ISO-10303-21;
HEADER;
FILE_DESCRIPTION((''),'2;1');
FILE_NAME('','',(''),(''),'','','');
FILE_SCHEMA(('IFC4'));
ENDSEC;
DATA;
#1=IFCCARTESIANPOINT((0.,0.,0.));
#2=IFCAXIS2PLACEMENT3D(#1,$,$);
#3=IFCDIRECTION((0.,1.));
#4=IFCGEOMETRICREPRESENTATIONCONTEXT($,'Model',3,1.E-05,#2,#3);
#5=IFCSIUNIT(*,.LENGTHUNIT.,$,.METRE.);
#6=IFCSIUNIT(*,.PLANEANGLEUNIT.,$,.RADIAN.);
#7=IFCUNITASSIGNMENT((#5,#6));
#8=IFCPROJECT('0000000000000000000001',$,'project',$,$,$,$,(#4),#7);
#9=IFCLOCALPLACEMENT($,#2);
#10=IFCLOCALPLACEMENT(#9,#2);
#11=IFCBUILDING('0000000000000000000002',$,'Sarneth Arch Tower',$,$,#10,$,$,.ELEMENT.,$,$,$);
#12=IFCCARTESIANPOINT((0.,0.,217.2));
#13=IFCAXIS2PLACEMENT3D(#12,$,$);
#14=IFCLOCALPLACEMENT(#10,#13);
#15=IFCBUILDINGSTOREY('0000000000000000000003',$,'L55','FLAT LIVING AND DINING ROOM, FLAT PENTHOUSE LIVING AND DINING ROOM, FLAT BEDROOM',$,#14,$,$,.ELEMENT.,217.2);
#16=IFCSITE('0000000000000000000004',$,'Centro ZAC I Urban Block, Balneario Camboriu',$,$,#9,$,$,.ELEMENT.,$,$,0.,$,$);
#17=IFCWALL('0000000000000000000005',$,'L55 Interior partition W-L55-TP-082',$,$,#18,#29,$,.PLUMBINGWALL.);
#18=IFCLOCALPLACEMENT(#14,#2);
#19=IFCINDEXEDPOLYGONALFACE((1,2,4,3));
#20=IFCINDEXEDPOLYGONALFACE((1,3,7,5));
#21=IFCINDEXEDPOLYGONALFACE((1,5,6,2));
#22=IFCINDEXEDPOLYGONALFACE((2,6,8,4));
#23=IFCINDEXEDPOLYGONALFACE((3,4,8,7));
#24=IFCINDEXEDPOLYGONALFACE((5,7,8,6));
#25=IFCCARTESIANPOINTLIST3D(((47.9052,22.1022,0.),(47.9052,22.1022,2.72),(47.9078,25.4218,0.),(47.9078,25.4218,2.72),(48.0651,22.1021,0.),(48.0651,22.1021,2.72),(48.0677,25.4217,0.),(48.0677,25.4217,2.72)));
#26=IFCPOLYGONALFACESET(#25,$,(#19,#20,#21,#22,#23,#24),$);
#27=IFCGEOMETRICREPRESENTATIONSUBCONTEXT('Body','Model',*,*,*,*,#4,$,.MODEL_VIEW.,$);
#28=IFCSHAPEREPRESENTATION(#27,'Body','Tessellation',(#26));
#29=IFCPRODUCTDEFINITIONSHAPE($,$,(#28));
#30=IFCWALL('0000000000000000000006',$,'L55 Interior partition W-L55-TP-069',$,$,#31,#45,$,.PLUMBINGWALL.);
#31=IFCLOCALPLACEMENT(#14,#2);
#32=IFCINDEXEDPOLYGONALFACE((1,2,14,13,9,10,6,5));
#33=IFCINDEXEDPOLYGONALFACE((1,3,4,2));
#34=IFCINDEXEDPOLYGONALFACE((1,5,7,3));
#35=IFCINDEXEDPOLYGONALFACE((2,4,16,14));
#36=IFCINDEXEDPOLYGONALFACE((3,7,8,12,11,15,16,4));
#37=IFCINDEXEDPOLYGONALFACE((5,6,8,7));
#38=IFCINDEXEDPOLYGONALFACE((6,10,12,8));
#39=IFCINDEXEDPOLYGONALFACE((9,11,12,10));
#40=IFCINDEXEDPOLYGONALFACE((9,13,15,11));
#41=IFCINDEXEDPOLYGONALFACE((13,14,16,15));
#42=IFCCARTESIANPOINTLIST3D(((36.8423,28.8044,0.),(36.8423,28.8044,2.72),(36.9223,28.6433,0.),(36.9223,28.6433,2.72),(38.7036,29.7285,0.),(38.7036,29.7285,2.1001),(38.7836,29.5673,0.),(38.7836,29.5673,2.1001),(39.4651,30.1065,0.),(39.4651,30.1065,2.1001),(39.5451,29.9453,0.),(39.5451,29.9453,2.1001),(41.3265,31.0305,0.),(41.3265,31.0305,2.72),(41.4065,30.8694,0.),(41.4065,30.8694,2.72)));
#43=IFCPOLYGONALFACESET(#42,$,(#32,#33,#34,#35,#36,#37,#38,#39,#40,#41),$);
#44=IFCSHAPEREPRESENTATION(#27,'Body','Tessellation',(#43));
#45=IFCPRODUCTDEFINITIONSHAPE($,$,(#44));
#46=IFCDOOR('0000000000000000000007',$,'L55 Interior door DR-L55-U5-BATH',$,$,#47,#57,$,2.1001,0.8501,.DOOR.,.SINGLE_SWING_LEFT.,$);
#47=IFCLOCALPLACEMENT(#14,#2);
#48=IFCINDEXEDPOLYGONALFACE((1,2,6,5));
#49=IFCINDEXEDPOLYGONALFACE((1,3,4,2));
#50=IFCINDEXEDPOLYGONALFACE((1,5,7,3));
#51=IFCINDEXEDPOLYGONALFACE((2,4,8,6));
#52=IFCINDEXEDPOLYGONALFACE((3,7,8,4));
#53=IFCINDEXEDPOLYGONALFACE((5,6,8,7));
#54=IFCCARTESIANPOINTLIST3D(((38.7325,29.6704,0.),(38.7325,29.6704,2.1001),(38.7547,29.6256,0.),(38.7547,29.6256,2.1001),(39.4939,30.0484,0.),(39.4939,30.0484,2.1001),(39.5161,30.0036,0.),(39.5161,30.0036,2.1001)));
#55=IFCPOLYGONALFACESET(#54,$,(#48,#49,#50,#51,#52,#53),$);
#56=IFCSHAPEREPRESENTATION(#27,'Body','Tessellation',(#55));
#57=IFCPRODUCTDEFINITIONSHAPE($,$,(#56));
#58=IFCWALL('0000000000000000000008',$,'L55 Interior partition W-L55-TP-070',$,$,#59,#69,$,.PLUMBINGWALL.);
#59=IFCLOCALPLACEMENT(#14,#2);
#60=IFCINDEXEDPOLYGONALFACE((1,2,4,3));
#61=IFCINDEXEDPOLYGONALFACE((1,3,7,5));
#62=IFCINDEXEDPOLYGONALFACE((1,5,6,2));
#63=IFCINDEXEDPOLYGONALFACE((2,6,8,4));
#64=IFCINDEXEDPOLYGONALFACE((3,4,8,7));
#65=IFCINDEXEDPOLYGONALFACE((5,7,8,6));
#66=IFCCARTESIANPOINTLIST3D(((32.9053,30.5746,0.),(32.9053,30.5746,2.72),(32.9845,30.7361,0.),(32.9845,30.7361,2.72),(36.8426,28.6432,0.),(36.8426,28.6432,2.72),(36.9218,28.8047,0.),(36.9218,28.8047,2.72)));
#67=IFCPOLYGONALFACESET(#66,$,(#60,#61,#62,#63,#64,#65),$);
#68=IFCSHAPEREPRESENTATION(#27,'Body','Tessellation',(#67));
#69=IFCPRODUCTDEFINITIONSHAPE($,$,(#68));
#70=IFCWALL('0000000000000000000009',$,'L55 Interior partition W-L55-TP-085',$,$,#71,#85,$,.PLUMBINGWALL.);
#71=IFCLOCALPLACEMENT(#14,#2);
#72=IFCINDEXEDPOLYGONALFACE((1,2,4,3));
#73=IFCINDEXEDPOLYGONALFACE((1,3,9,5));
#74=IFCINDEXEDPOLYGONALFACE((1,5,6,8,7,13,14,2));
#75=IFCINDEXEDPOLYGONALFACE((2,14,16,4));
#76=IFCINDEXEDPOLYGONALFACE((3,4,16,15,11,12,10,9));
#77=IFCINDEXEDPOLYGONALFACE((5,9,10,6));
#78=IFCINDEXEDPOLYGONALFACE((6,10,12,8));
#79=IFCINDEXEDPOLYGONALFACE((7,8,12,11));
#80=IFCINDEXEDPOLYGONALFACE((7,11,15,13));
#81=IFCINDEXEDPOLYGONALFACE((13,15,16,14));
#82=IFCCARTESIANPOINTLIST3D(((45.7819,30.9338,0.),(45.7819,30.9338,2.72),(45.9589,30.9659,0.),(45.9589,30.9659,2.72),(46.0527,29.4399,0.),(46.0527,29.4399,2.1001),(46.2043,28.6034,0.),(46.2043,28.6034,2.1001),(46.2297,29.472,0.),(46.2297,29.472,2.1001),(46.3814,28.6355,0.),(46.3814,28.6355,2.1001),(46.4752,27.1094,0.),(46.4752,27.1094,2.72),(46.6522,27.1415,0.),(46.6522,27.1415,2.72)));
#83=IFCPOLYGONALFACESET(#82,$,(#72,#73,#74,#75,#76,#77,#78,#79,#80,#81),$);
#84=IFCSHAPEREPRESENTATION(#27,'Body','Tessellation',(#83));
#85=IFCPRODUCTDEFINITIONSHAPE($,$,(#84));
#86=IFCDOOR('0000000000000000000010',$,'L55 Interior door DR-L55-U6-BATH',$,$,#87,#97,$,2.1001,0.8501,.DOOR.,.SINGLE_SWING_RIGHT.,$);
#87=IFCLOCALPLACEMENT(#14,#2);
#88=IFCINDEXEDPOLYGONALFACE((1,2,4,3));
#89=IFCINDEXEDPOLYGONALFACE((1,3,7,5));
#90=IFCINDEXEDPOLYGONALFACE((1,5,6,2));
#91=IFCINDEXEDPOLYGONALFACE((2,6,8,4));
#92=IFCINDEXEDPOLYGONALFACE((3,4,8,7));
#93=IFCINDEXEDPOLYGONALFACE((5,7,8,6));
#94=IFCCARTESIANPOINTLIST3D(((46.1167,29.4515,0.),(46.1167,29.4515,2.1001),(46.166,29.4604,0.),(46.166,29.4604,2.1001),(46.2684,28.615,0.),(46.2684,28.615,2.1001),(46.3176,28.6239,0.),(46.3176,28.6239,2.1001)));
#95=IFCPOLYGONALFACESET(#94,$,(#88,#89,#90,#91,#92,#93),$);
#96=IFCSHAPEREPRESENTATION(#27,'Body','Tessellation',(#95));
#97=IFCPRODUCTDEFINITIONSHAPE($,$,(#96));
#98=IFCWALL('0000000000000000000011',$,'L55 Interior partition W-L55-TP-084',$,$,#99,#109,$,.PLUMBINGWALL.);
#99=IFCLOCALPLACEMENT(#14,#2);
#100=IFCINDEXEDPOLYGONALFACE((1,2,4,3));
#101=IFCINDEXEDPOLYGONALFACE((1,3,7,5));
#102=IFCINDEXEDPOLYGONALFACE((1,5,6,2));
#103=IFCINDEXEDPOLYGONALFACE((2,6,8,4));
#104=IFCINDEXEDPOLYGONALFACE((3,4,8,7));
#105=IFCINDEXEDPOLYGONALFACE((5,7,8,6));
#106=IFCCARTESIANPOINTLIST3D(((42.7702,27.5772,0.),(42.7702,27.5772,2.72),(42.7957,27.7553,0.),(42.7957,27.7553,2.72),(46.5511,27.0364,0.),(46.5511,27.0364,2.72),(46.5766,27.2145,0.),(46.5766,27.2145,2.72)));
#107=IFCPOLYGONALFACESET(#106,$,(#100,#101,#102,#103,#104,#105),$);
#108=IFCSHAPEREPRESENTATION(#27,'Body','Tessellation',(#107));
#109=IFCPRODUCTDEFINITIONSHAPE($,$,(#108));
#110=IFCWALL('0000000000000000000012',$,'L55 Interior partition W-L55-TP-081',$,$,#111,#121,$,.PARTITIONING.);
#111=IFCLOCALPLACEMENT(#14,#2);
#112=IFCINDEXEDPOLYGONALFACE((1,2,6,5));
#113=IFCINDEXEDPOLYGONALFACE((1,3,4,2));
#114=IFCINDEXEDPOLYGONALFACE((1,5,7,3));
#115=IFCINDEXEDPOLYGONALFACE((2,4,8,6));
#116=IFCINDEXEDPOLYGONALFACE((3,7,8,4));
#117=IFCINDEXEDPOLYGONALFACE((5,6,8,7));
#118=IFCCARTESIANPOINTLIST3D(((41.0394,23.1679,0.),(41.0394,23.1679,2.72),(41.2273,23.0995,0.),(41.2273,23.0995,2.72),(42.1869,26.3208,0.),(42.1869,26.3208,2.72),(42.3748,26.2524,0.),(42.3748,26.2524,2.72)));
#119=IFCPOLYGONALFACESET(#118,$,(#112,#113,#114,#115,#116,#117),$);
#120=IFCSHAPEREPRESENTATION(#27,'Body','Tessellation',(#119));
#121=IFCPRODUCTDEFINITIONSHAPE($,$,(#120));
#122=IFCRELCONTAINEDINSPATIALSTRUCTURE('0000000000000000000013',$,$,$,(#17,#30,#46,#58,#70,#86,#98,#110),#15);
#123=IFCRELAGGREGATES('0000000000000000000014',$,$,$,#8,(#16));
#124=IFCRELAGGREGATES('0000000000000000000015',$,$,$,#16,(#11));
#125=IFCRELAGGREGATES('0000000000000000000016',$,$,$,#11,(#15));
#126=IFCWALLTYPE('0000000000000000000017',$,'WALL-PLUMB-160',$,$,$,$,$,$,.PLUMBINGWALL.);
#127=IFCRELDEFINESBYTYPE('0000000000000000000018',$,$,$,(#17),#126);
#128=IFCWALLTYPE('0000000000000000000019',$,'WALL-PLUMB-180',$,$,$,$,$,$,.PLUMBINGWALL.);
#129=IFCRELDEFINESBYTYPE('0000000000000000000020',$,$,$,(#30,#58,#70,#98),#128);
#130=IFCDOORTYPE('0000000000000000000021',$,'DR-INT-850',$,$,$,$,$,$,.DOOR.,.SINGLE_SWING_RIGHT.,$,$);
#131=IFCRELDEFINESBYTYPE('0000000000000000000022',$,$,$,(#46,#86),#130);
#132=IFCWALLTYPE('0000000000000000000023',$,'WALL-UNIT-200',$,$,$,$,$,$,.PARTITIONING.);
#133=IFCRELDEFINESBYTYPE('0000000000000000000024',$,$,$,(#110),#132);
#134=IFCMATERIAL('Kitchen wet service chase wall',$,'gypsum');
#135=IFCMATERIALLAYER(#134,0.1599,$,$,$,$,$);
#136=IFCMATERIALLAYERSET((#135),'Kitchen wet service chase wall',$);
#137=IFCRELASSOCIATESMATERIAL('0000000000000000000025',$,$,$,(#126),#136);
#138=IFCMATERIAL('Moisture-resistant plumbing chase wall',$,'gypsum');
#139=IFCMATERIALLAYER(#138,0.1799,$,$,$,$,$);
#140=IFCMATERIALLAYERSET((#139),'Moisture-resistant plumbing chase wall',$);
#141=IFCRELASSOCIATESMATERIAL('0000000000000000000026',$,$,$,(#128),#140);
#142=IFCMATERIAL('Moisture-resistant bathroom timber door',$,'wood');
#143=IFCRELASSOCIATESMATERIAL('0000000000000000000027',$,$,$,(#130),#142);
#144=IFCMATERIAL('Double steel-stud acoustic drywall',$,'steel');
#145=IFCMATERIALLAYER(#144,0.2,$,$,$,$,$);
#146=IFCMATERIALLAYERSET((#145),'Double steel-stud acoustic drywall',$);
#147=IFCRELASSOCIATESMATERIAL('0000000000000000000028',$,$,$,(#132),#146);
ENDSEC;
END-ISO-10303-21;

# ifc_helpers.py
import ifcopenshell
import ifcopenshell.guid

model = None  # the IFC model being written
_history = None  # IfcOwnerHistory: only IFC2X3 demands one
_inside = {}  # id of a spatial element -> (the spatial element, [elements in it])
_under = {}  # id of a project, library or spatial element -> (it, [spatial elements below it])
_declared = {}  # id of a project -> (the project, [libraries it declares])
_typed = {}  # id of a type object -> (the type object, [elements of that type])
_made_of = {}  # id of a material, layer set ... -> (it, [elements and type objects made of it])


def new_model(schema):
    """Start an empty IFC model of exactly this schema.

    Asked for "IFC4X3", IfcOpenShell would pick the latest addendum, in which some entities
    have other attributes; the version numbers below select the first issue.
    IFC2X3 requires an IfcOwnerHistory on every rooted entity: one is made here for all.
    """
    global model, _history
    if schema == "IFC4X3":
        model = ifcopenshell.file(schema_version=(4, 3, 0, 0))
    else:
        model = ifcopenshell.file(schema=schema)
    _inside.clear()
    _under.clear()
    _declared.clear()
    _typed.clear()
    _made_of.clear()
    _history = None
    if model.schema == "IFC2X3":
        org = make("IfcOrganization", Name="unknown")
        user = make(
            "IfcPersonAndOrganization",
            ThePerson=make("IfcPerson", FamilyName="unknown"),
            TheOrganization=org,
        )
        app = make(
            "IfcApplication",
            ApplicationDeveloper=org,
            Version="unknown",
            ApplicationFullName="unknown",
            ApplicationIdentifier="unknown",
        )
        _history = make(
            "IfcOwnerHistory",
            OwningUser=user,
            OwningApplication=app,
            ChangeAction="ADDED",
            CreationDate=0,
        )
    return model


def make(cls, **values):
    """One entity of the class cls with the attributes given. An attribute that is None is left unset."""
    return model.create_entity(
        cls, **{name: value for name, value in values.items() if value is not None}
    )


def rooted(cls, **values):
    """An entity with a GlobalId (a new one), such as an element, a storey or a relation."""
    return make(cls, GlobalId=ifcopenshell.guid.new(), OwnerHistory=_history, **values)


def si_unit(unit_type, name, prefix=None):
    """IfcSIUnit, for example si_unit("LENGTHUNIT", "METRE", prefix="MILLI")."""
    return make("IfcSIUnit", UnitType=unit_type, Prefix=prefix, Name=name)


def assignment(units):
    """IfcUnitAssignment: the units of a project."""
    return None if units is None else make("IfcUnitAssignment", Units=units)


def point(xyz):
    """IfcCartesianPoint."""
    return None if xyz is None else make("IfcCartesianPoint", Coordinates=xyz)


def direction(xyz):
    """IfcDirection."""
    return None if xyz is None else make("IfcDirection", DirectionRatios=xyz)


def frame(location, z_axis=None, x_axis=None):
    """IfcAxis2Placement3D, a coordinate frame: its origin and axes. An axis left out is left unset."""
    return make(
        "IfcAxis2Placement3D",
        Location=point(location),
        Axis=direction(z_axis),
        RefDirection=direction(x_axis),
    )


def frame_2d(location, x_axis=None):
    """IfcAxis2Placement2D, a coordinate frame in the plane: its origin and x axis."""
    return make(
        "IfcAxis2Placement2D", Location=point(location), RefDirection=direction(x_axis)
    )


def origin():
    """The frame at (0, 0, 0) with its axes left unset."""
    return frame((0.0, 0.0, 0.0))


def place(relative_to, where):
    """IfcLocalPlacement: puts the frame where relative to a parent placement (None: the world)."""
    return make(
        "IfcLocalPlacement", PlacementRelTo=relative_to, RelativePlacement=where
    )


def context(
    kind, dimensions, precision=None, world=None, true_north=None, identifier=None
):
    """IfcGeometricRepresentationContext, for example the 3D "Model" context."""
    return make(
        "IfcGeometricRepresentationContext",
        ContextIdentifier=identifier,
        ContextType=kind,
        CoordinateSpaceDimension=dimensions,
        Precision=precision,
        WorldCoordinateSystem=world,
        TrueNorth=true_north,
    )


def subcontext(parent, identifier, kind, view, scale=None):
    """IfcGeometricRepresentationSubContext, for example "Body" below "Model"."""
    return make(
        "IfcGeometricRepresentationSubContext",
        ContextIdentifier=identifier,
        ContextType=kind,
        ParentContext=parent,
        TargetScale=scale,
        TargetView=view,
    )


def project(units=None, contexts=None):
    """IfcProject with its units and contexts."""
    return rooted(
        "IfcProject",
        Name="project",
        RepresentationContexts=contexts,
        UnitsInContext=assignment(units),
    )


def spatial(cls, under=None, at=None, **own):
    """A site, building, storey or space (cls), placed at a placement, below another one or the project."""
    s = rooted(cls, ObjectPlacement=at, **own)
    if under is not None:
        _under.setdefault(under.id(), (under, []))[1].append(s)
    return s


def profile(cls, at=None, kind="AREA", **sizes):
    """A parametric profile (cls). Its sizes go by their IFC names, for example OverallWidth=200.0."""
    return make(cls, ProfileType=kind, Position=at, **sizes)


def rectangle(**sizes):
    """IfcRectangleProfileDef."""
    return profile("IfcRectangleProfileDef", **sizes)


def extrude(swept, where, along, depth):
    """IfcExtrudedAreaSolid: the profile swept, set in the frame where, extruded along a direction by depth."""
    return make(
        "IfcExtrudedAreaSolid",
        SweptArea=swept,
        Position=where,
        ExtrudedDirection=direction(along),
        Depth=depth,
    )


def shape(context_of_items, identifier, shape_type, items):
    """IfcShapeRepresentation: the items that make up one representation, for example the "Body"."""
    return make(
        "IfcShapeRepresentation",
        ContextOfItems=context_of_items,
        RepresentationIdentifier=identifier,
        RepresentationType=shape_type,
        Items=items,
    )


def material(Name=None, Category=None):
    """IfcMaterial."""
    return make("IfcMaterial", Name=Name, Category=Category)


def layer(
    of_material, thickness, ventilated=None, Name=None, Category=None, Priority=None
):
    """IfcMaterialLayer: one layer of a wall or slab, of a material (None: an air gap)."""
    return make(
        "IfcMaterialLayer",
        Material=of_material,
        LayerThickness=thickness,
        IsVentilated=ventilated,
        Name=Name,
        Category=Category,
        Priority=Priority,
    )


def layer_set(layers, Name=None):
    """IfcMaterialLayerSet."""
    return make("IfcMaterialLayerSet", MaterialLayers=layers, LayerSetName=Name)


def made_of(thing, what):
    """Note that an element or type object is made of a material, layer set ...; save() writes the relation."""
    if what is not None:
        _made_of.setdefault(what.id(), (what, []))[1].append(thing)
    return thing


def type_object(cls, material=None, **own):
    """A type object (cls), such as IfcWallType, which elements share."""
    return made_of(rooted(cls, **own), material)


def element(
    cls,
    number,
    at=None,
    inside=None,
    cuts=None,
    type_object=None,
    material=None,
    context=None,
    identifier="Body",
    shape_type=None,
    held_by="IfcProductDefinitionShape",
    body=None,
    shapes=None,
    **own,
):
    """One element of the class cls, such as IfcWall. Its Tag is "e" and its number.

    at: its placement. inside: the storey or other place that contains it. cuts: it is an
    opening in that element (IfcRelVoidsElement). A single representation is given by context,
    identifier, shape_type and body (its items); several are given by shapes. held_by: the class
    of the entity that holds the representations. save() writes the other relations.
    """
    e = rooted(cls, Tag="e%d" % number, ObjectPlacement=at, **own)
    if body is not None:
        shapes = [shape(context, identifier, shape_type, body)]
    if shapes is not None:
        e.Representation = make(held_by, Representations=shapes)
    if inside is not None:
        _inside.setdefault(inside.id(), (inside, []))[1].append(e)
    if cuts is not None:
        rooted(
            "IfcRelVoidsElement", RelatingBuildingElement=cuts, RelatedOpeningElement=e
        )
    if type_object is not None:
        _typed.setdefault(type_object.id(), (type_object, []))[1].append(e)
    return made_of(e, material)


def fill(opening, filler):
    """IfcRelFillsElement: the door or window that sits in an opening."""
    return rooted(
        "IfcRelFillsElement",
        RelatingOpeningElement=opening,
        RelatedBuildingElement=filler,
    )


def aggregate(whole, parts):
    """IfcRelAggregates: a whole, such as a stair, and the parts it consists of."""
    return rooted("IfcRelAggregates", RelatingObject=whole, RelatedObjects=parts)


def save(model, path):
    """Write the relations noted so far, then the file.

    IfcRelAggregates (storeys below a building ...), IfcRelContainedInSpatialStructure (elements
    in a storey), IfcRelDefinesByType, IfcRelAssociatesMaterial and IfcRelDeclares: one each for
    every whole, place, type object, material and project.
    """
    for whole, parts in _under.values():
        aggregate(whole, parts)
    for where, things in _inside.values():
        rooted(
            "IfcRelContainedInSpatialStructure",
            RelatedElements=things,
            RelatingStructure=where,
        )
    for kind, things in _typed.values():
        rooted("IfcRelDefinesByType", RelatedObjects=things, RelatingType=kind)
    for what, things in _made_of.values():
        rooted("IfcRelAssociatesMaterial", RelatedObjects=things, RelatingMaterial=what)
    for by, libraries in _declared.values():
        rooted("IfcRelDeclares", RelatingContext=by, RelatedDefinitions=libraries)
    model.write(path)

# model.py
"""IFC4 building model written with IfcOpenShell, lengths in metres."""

from ifc_helpers import new_model, si_unit, direction, frame, frame_2d, origin, place, context, subcontext, project, spatial, rectangle, extrude, material, layer, layer_set, type_object, element, fill, save


model = new_model("IFC4")

# Units and contexts
model_context = context("Model", 3, precision=1e-05, world=origin(), true_north=direction((0.0, 1.0)))
body_context = subcontext(model_context, "Body", "Model", "MODEL_VIEW")
ifc_project = project(units=[si_unit("LENGTHUNIT", "METRE"), si_unit("PLANEANGLEUNIT", "RADIAN")], contexts=[model_context])

# Site, building, storey
site_placement = place(None, origin())
site = spatial("IfcSite", under=ifc_project, at=site_placement, Name="Centro ZAC I Urban Block, Balneario Camboriu", CompositionType="ELEMENT", RefElevation=0.0)
building_placement = place(site_placement, origin())
building = spatial("IfcBuilding", under=site, at=building_placement, Name="Sarneth Arch Tower", CompositionType="ELEMENT")
storey_placement = place(building_placement, frame((0.0, 0.0, 217.2)))
storey = spatial("IfcBuildingStorey", under=building, at=storey_placement, Name="L55", Description="FLAT LIVING AND DINING ROOM, FLAT PENTHOUSE LIVING AND DINING ROOM, FLAT BEDROOM", CompositionType="ELEMENT", Elevation=217.2)

# Shared definitions
ifc_material_1 = material(Name="Kitchen wet service chase wall", Category="gypsum")
ifc_layer_1 = layer(ifc_material_1, 0.1599)
ifc_layer_set_1 = layer_set([ifc_layer_1], Name="Kitchen wet service chase wall")
wall_type_1 = type_object("IfcWallType", Name="WALL-PLUMB-160", PredefinedType="PLUMBINGWALL", material=ifc_layer_set_1)

# Wall
wall_1_placement = place(storey_placement, frame((47.9851, 22.1023, 0.0), z_axis=(0.0, 0.0, 1.0), x_axis=(0.000809, 1.0, 0.0)))
element("IfcWall", 1, at=wall_1_placement, inside=storey, type_object=wall_type_1, Name="L55 Interior partition W-L55-TP-082", PredefinedType="PLUMBINGWALL", context=body_context, shape_type="SweptSolid", body=[
    extrude(rectangle(XDim=3.3196, YDim=0.1599, at=frame_2d((1.6597, 0.0))), origin(), (0.0, 0.0, 1.0), 2.72),
])

# Wall, opening, door
ifc_material_2 = material(Name="Moisture-resistant plumbing chase wall", Category="gypsum")
ifc_layer_2 = layer(ifc_material_2, 0.1799)
ifc_layer_set_2 = layer_set([ifc_layer_2], Name="Moisture-resistant plumbing chase wall")
wall_type_2 = type_object("IfcWallType", Name="WALL-PLUMB-180", PredefinedType="PLUMBINGWALL", material=ifc_layer_set_2)
wall_2_placement = place(storey_placement, frame((41.3665, 30.95, 0.0), z_axis=(0.0, 0.0, 1.0), x_axis=(-0.895701, -0.444656, 0.0)))
wall_2 = element("IfcWall", 2, at=wall_2_placement, inside=storey, type_object=wall_type_2, Name="L55 Interior partition W-L55-TP-069", PredefinedType="PLUMBINGWALL", context=body_context, shape_type="SweptSolid", body=[
    extrude(rectangle(XDim=5.0063, YDim=0.1799, at=frame_2d((2.5032, 0.0))), origin(), (0.0, 0.0, 1.0), 2.72),
])
opening_1_placement = place(wall_2_placement, frame((2.0781, 0.0, 0.0)))
opening_1 = element("IfcOpeningElement", 3, at=opening_1_placement, cuts=wall_2, PredefinedType="OPENING", context=body_context, shape_type="SweptSolid", body=[
    extrude(rectangle(XDim=0.8501, YDim=2.1001, at=frame_2d((0.425, 1.05))), frame((0.0, 0.0999, 0.0), z_axis=(0.0, -1.0, 0.0), x_axis=(1.0, 0.0, 0.0)), (0.0, 0.0, 1.0), 0.2),
])
ifc_material_3 = material(Name="Moisture-resistant bathroom timber door", Category="wood")
door_type_1 = type_object("IfcDoorType", Name="DR-INT-850", OperationType="SINGLE_SWING_RIGHT", PredefinedType="DOOR", material=ifc_material_3)
door_1_placement = place(opening_1_placement, origin())
door_1 = element("IfcDoor", 4, at=door_1_placement, inside=storey, type_object=door_type_1, Name="L55 Interior door DR-L55-U5-BATH", OperationType="SINGLE_SWING_LEFT", OverallHeight=2.1001, OverallWidth=0.8501, PredefinedType="DOOR", context=body_context, shape_type="SweptSolid", body=[
    extrude(rectangle(XDim=0.8501, YDim=2.1001, at=frame_2d((0.425, 1.05))), frame((0.0, 0.0249, 0.0), z_axis=(0.0, -1.0, 0.0), x_axis=(1.0, 0.0, 0.0)), (0.0, 0.0, 1.0), 0.05),
])
fill(opening_1, door_1)

# Wall
wall_3_placement = place(storey_placement, frame((36.8823, 28.7239, 0.0), z_axis=(0.0, 0.0, 1.0), x_axis=(-0.897797, 0.440409, 0.0)))
element("IfcWall", 5, at=wall_3_placement, inside=storey, type_object=wall_type_2, Name="L55 Interior partition W-L55-TP-070", PredefinedType="PLUMBINGWALL", context=body_context, shape_type="SweptSolid", body=[
    extrude(rectangle(XDim=4.3855, YDim=0.1799, at=frame_2d((2.1929, 0.0))), origin(), (0.0, 0.0, 1.0), 2.72),
])

# Wall, opening, door
wall_4_placement = place(storey_placement, frame((46.5637, 27.1255, 0.0), z_axis=(0.0, 0.0, 1.0), x_axis=(-0.178388, 0.98396, 0.0)))
wall_4 = element("IfcWall", 6, at=wall_4_placement, inside=storey, type_object=wall_type_2, Name="L55 Interior partition W-L55-TP-085", PredefinedType="PLUMBINGWALL", context=body_context, shape_type="SweptSolid", body=[
    extrude(rectangle(XDim=3.8867, YDim=0.1799, at=frame_2d((1.9434, 0.0))), origin(), (0.0, 0.0, 1.0), 2.72),
])
opening_2_placement = place(wall_4_placement, frame((1.5183, 0.0, 0.0)))
opening_2 = element("IfcOpeningElement", 7, at=opening_2_placement, cuts=wall_4, PredefinedType="OPENING", context=body_context, shape_type="SweptSolid", body=[
    extrude(rectangle(XDim=0.8501, YDim=2.1001, at=frame_2d((0.425, 1.05))), frame((0.0, 0.0999, 0.0), z_axis=(0.0, -1.0, 0.0), x_axis=(1.0, 0.0, 0.0)), (0.0, 0.0, 1.0), 0.2),
])
door_2_placement = place(opening_2_placement, origin())
door_2 = element("IfcDoor", 8, at=door_2_placement, inside=storey, type_object=door_type_1, Name="L55 Interior door DR-L55-U6-BATH", OperationType="SINGLE_SWING_RIGHT", OverallHeight=2.1001, OverallWidth=0.8501, PredefinedType="DOOR", context=body_context, shape_type="SweptSolid", body=[
    extrude(rectangle(XDim=0.8501, YDim=2.1001, at=frame_2d((0.425, 1.05))), frame((0.0, 0.0249, 0.0), z_axis=(0.0, -1.0, 0.0), x_axis=(1.0, 0.0, 0.0)), (0.0, 0.0, 1.0), 0.05),
])
fill(opening_2, door_2)

# Walls
wall_5_placement = place(storey_placement, frame((42.783, 27.6663, 0.0), z_axis=(0.0, 0.0, 1.0), x_axis=(0.989925, -0.141591, 0.0)))
element("IfcWall", 9, at=wall_5_placement, inside=storey, type_object=wall_type_2, Name="L55 Interior partition W-L55-TP-084", PredefinedType="PLUMBINGWALL", context=body_context, shape_type="SweptSolid", body=[
    extrude(rectangle(XDim=3.8193, YDim=0.1799, at=frame_2d((1.9097, 0.0))), origin(), (0.0, 0.0, 1.0), 2.72),
])
ifc_material_4 = material(Name="Double steel-stud acoustic drywall", Category="steel")
ifc_layer_3 = layer(ifc_material_4, 0.2)
ifc_layer_set_3 = layer_set([ifc_layer_3], Name="Double steel-stud acoustic drywall")
wall_type_3 = type_object("IfcWallType", Name="WALL-UNIT-200", PredefinedType="PARTITIONING", material=ifc_layer_set_3)
wall_6_placement = place(storey_placement, frame((41.1333, 23.1335, 0.0), z_axis=(0.0, 0.0, 1.0), x_axis=(0.342, 0.9397, 0.0)))
element("IfcWall", 10, at=wall_6_placement, inside=storey, type_object=wall_type_3, Name="L55 Interior partition W-L55-TP-081", PredefinedType="PARTITIONING", context=body_context, shape_type="SweptSolid", body=[
    extrude(rectangle(XDim=3.3552, YDim=0.2, at=frame_2d((1.6777, 0.0))), origin(), (0.0, 0.0, 1.0), 2.72),
])

save(model, "model.ifc")
